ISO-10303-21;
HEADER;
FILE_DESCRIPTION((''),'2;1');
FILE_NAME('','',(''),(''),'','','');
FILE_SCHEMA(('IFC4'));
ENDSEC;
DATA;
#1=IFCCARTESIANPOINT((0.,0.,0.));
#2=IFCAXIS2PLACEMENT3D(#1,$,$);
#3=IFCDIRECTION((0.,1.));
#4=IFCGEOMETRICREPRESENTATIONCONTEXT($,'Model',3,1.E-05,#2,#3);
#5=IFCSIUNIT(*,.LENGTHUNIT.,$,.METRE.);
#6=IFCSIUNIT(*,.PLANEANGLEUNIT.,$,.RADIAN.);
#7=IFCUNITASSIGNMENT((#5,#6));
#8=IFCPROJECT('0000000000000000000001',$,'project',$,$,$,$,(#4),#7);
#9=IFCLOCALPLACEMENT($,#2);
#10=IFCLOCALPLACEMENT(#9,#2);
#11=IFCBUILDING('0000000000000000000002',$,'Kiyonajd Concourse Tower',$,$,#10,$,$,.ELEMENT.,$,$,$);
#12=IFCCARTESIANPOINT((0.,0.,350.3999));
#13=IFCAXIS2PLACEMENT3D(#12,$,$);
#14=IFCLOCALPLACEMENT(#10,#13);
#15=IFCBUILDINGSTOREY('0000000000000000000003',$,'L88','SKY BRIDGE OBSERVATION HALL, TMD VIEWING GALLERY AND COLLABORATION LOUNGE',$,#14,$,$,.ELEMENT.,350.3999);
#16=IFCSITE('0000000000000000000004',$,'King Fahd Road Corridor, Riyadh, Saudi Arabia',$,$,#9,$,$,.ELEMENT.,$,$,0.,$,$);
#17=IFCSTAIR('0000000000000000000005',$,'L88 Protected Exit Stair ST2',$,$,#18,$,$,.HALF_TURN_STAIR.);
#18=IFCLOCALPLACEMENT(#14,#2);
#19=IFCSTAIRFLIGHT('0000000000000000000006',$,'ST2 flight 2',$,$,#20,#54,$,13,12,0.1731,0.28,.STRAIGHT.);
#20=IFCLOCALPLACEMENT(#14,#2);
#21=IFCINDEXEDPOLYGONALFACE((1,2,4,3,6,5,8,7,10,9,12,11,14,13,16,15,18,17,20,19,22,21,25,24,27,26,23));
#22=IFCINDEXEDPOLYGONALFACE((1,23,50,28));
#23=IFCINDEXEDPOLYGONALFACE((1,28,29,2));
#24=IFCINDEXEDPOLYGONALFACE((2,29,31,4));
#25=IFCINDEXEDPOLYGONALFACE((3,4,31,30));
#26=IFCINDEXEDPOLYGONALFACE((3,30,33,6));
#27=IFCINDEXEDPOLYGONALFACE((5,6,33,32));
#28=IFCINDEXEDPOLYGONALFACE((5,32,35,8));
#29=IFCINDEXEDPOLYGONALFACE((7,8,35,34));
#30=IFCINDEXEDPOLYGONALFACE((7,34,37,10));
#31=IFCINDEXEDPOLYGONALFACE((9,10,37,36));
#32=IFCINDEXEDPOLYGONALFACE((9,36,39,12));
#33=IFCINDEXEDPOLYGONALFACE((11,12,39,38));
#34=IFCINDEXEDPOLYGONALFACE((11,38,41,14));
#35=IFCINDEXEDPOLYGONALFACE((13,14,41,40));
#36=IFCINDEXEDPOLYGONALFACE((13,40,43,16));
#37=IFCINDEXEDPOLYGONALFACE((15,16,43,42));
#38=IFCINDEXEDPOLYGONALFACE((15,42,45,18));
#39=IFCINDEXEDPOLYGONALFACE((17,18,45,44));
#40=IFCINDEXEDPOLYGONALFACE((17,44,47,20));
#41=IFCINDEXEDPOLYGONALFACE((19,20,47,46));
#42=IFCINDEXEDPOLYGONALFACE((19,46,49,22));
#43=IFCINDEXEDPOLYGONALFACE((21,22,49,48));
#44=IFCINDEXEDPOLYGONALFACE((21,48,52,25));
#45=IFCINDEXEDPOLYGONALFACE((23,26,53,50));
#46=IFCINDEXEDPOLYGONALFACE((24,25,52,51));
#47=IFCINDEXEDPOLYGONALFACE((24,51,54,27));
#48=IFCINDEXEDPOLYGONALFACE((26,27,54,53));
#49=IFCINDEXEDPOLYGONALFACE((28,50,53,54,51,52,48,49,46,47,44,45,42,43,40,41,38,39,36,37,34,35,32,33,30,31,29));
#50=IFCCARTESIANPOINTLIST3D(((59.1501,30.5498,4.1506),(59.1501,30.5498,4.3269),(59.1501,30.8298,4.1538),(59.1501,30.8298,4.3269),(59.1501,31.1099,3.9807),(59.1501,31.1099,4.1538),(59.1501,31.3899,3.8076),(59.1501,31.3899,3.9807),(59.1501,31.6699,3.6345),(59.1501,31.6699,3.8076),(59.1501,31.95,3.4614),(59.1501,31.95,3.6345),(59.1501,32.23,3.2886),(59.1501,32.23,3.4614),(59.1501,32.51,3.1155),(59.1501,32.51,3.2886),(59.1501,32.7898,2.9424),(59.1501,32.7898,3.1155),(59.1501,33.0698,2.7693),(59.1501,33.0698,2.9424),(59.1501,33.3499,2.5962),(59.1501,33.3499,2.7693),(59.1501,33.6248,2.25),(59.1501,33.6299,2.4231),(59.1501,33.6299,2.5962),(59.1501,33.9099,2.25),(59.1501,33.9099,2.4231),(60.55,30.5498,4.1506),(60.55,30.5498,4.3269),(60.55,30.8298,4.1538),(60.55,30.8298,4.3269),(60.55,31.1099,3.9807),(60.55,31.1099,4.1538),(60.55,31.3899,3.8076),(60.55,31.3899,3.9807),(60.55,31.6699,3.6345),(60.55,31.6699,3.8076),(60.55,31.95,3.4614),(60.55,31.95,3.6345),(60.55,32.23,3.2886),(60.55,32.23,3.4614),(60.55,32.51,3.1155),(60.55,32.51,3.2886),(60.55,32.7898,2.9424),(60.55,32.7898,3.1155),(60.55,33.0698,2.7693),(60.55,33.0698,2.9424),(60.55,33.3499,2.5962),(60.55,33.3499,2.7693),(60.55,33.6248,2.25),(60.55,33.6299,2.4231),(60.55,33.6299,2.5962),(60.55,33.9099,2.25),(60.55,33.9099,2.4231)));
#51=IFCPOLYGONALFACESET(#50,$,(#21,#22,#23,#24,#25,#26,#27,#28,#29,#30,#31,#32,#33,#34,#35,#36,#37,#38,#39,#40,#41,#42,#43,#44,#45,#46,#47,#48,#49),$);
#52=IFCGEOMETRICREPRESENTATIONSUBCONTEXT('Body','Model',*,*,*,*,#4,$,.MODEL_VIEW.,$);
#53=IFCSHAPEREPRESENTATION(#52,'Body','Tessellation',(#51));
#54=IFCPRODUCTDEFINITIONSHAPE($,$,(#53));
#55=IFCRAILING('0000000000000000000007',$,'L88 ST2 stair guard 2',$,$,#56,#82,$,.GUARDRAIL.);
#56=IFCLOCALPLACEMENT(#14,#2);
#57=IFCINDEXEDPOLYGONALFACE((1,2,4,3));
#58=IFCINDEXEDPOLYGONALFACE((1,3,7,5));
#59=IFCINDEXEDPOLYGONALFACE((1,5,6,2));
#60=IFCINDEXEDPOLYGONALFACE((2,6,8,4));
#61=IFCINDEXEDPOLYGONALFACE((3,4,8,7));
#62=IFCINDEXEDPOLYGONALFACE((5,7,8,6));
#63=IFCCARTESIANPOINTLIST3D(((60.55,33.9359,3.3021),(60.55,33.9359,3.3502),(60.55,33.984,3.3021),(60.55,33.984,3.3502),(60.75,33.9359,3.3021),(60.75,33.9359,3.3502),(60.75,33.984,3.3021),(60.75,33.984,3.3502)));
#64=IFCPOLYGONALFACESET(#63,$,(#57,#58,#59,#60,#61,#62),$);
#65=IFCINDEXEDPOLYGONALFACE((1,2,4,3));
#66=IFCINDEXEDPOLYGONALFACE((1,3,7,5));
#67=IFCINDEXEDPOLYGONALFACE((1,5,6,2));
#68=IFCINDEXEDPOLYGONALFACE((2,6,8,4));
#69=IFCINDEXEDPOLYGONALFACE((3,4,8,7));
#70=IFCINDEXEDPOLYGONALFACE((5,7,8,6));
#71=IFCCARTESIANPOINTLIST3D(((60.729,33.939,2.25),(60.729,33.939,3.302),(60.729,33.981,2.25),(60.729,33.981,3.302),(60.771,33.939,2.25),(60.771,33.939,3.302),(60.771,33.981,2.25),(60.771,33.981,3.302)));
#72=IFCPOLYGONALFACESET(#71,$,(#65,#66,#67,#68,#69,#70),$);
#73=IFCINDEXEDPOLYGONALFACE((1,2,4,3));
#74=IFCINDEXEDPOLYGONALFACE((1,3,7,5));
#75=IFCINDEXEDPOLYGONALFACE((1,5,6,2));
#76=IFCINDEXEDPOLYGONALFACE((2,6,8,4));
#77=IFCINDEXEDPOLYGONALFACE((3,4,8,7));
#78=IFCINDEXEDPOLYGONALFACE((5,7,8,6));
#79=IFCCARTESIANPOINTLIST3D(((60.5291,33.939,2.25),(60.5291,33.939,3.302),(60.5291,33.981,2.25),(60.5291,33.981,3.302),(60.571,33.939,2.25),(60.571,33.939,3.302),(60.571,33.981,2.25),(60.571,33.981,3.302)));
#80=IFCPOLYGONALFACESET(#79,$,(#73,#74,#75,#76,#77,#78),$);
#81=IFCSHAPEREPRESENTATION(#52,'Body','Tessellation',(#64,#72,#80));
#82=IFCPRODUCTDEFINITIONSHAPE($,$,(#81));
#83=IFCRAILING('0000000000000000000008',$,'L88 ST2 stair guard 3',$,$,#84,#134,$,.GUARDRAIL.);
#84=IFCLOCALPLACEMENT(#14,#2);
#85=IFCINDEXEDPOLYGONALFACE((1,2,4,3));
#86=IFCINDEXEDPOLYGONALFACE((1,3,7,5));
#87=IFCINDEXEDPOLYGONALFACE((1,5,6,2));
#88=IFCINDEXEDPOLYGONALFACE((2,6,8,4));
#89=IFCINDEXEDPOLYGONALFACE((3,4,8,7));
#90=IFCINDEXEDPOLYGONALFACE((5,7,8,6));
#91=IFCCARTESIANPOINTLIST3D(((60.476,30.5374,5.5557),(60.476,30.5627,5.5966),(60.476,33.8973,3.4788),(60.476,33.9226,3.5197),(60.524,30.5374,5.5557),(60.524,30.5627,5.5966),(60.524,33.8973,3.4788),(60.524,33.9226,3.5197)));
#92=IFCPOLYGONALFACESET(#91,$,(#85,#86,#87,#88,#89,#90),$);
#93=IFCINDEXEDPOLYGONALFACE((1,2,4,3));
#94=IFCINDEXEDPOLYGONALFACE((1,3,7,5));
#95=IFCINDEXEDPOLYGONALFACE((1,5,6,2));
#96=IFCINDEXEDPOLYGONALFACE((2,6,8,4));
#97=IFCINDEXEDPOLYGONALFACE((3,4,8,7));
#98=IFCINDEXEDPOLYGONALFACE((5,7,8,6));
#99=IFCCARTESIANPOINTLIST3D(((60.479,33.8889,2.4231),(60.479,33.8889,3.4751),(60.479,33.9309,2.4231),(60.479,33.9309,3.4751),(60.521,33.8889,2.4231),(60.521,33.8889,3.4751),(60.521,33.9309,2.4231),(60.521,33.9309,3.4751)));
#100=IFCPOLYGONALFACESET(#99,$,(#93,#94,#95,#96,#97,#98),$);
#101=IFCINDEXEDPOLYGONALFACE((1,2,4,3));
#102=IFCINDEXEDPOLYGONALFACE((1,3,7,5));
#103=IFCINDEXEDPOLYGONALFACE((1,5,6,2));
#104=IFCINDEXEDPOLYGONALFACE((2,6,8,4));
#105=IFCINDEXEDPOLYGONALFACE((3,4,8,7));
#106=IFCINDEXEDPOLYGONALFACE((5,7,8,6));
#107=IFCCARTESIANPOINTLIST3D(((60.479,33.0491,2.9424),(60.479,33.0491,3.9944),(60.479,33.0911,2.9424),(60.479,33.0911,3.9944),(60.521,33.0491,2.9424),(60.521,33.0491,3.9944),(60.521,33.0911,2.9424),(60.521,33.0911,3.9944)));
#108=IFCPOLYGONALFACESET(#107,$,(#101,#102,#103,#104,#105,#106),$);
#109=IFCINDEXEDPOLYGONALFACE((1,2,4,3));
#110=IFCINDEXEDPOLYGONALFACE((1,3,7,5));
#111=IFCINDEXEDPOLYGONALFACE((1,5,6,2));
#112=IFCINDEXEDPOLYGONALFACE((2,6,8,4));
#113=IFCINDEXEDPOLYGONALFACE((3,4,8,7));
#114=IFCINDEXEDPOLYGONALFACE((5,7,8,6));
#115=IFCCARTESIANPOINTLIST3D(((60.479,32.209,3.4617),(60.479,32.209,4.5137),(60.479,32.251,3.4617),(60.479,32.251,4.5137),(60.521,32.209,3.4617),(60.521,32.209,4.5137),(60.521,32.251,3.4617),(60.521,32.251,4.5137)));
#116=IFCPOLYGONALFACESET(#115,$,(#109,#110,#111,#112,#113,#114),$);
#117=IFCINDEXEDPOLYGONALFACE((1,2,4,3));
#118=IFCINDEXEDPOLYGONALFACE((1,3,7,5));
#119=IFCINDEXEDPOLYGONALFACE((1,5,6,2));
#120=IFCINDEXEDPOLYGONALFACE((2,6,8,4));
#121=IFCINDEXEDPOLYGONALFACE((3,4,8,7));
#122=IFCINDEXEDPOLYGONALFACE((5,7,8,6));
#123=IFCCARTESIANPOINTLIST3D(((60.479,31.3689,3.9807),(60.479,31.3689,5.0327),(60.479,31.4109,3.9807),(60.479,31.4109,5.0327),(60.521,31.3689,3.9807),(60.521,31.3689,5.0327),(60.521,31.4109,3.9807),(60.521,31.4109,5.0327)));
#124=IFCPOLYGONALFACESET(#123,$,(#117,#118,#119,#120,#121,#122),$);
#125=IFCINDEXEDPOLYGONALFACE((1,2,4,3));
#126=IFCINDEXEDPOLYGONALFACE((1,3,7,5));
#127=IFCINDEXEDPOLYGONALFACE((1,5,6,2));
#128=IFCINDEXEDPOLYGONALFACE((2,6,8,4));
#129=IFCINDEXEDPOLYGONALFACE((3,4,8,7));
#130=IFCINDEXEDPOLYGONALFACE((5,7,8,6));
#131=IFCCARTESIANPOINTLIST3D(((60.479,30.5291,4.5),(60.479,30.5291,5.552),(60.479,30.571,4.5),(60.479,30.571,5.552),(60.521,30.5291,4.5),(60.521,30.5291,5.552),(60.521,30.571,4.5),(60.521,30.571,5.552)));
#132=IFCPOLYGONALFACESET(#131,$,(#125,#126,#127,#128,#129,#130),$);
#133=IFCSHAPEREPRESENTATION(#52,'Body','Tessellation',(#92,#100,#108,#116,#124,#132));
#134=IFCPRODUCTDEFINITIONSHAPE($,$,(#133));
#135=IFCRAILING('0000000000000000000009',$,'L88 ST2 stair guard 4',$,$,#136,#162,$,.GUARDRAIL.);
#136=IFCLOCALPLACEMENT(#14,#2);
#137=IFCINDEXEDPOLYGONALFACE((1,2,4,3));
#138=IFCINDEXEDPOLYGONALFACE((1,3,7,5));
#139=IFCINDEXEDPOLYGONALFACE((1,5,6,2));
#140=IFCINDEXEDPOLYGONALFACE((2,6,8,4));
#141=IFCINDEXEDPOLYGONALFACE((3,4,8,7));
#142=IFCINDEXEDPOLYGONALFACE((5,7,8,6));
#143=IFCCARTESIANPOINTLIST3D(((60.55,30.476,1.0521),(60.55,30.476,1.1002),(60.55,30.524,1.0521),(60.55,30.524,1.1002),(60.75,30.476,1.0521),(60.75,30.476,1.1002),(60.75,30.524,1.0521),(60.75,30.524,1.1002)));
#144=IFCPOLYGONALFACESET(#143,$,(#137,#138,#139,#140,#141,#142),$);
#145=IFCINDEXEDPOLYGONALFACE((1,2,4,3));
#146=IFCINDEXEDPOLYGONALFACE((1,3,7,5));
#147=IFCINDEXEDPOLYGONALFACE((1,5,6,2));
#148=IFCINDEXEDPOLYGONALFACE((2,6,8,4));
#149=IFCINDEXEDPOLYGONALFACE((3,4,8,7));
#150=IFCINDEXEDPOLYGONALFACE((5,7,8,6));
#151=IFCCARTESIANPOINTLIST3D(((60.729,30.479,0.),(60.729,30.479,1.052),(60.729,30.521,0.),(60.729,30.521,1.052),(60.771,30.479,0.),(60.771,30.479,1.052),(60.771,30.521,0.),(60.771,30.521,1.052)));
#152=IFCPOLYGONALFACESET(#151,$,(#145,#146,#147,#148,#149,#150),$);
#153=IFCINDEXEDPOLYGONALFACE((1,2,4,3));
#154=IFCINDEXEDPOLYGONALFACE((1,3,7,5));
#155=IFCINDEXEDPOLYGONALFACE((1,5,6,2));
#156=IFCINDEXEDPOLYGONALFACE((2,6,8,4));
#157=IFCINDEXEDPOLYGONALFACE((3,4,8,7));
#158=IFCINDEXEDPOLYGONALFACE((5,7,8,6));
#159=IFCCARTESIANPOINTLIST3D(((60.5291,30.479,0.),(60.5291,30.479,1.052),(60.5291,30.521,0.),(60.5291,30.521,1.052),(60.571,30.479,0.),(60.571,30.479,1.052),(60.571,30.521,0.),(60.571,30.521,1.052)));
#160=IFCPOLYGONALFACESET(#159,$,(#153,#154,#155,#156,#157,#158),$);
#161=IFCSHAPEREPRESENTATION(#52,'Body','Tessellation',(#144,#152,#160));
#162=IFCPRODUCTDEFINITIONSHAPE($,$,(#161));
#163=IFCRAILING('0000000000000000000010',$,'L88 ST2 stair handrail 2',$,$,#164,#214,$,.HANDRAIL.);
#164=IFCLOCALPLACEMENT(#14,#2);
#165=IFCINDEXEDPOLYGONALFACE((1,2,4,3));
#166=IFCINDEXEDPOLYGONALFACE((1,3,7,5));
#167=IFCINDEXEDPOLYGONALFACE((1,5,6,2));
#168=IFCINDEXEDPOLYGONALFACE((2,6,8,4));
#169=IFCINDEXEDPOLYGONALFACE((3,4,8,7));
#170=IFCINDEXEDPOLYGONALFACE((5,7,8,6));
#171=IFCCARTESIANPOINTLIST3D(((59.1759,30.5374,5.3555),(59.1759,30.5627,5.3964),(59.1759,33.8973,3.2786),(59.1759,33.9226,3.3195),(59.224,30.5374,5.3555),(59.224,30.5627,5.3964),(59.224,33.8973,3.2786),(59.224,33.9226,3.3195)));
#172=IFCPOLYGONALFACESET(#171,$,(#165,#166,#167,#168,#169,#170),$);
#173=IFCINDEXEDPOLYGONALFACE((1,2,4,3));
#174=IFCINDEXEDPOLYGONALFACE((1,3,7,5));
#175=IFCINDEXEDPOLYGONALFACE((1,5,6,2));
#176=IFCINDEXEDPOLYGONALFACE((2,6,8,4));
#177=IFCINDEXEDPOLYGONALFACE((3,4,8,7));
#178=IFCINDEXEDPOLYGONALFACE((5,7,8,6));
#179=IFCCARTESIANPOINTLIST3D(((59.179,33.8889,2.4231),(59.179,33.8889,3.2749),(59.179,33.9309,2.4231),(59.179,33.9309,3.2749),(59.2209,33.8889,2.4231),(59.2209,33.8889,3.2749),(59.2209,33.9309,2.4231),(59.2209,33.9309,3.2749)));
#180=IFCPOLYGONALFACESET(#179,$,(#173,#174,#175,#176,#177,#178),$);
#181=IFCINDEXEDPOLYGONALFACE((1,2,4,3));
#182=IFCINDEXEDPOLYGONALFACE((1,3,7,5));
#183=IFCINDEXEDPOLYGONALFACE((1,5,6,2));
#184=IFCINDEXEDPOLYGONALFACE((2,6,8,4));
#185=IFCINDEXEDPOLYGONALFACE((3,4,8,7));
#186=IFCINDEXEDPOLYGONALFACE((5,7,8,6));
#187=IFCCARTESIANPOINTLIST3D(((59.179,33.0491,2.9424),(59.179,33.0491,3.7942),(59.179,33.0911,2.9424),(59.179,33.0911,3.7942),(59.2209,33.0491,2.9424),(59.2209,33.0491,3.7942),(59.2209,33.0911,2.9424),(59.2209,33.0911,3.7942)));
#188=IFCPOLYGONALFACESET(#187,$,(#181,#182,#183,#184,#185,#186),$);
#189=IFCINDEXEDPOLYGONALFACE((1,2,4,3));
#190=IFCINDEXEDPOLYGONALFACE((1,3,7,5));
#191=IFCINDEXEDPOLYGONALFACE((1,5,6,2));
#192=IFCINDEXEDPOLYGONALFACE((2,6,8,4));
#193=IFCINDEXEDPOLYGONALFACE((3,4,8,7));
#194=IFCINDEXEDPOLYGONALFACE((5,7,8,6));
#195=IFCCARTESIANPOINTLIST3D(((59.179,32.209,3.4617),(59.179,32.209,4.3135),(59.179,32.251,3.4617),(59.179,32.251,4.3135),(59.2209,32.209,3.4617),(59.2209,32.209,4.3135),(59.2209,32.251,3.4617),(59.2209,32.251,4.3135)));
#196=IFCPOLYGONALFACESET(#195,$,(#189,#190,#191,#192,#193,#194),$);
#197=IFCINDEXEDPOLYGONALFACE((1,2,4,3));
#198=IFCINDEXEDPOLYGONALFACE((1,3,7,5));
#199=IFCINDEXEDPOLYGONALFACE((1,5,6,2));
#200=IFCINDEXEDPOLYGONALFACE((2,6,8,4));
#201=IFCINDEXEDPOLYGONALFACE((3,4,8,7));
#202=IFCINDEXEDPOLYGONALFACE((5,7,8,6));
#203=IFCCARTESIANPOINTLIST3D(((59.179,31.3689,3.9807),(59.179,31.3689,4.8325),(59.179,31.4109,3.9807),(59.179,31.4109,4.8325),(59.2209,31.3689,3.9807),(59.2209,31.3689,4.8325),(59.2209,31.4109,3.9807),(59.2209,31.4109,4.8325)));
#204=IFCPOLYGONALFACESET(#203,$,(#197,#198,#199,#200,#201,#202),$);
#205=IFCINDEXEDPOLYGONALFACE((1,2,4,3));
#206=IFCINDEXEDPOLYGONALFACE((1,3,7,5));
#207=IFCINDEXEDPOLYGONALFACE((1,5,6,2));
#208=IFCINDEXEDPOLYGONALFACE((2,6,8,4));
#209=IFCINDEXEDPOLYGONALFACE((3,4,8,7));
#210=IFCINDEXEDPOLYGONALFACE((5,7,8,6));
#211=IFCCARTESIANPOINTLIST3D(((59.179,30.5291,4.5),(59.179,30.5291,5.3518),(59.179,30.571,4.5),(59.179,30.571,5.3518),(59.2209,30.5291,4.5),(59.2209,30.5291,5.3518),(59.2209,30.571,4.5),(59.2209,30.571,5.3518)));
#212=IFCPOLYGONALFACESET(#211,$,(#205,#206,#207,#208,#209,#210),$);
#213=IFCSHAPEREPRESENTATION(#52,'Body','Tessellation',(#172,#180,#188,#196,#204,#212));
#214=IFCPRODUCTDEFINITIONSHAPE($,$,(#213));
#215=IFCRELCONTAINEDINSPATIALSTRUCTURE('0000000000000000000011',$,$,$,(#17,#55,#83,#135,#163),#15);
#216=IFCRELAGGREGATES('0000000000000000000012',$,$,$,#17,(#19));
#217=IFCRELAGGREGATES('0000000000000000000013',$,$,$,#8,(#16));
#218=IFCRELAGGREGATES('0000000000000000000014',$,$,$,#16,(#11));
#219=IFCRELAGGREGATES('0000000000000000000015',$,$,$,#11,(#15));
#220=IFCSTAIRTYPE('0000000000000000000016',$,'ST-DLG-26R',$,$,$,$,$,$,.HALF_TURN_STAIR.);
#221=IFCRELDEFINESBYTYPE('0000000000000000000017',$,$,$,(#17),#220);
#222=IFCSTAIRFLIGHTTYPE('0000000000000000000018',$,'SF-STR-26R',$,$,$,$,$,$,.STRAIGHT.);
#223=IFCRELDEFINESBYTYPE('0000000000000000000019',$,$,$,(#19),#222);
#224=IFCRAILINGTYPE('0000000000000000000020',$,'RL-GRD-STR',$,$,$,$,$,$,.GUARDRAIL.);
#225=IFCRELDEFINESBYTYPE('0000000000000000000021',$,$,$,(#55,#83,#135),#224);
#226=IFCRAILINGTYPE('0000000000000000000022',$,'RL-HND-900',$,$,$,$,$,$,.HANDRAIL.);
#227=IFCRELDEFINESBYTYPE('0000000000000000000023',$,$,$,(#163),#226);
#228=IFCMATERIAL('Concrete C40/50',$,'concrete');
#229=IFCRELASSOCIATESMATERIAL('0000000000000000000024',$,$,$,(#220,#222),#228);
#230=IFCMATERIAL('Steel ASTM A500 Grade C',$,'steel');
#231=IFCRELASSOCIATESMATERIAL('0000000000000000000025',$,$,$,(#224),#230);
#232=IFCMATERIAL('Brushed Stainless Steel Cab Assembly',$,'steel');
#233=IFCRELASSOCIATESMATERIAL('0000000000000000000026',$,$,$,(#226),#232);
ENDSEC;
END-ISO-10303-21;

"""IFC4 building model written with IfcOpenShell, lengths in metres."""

from ifc_helpers import new_model, si_unit, direction, frame, origin, origin_2d, place, context, subcontext, project, spatial, polyline, rectangle, outline, extrude, material, type_object, element, aggregate, save


model = new_model("IFC4")

# Units and contexts
model_context = context("Model", 3, precision=1e-05, world=origin(), true_north=direction((0.0, 1.0)))
body_context = subcontext(model_context, "Body", "Model", "MODEL_VIEW")
ifc_project = project(units=[si_unit("LENGTHUNIT", "METRE"), si_unit("PLANEANGLEUNIT", "RADIAN")], contexts=[model_context])

# Site, building, storey
site_placement = place(None, origin())
site = spatial("IfcSite", under=ifc_project, at=site_placement, Name="King Fahd Road Corridor, Riyadh, Saudi Arabia", CompositionType="ELEMENT", RefElevation=0.0)
building_placement = place(site_placement, origin())
building = spatial("IfcBuilding", under=site, at=building_placement, Name="Kiyonajd Concourse Tower", CompositionType="ELEMENT")
storey_placement = place(building_placement, frame((0.0, 0.0, 350.3999)))
storey = spatial("IfcBuildingStorey", under=building, at=storey_placement, Name="L88", Description="SKY BRIDGE OBSERVATION HALL, TMD VIEWING GALLERY AND COLLABORATION LOUNGE", CompositionType="ELEMENT", Elevation=350.3999)

# Shared definitions
ifc_material_1 = material(Name="Brushed Stainless Steel Cab Assembly", Category="steel")

# Stair, stair flight
ifc_material_2 = material(Name="Concrete C40/50", Category="concrete")
stair_type = type_object("IfcStairType", Name="ST-DLG-26R", PredefinedType="HALF_TURN_STAIR", material=ifc_material_2)
stair_placement = place(storey_placement, origin())
stair = element("IfcStair", 1, at=stair_placement, inside=storey, type_object=stair_type, Name="L88 Protected Exit Stair ST2", PredefinedType="HALF_TURN_STAIR")
stair_flight_type = type_object("IfcStairFlightType", Name="SF-STR-26R", PredefinedType="STRAIGHT", material=ifc_material_2)
stair_flight_placement = place(storey_placement, frame((59.8501, 33.9099, 2.25), z_axis=(0.0, 0.0, 1.0), x_axis=(0.0, -1.0, 0.0)))
stair_flight = element("IfcStairFlight", 2, at=stair_flight_placement, type_object=stair_flight_type, Name="ST2 flight 2", NumberOfRisers=13, NumberOfTreads=12, PredefinedType="STRAIGHT", RiserHeight=0.1731, TreadLength=0.28, context=body_context, shape_type="SweptSolid", body=[
    extrude(outline(polyline([(0.0, 0.0), (0.0, 0.1731), (0.28, 0.1731), (0.28, 0.3462), (0.5601, 0.3462), (0.5601, 0.5193), (0.8401, 0.5193), (0.8401, 0.6924), (1.1201, 0.6924), (1.1201, 0.8655), (1.3999, 0.8655), (1.3999, 1.0386), (1.6799, 1.0386), (1.6799, 1.2114), (1.96, 1.2114), (1.96, 1.3845), (2.24, 1.3845), (2.24, 1.5576), (2.52, 1.5576), (2.52, 1.7307), (2.8, 1.7307), (2.8, 1.9038), (3.0801, 1.9038), (3.0801, 2.0769), (3.3601, 2.0769), (3.3601, 2.25), (3.3601, 1.9006), (0.2852, 0.0), (0.0, 0.0)])), frame((0.0, 0.7, 0.0), z_axis=(0.0, -1.0, 0.0), x_axis=(1.0, 0.0, 0.0)), (0.0, 0.0, 1.0), 1.3999),
])
aggregate(stair, [stair_flight])

# Railings
ifc_material_3 = material(Name="Steel ASTM A500 Grade C", Category="steel")
railing_type_1 = type_object("IfcRailingType", Name="RL-GRD-STR", PredefinedType="GUARDRAIL", material=ifc_material_3)
railing_1_placement = place(storey_placement, frame((60.75, 33.96, 2.25)))
element("IfcRailing", 3, at=railing_1_placement, inside=storey, type_object=railing_type_1, Name="L88 ST2 stair guard 2", PredefinedType="GUARDRAIL", context=body_context, shape_type="SweptSolid", body=[
    extrude(rectangle(XDim=0.0481, YDim=0.0481, at=origin_2d()), frame((0.0, 0.0, 1.0762), z_axis=(-1.0, 0.0, 0.0), x_axis=(0.0, -1.0, 0.0)), (0.0, 0.0, 1.0), 0.2),
    extrude(rectangle(XDim=0.042, YDim=0.042, at=origin_2d()), origin(), (0.0, 0.0, 1.0), 1.052),
    extrude(rectangle(XDim=0.042, YDim=0.042, at=origin_2d()), frame((-0.2, 0.0, 0.0)), (0.0, 0.0, 1.0), 1.052),
])
railing_2_placement = place(storey_placement, frame((60.5, 33.9099, 2.4231)))
element("IfcRailing", 4, at=railing_2_placement, inside=storey, type_object=railing_type_1, Name="L88 ST2 stair guard 3", PredefinedType="GUARDRAIL", context=body_context, shape_type="SweptSolid", body=[
    extrude(rectangle(XDim=0.0481, YDim=0.0481, at=origin_2d()), frame((0.0, 0.0, 1.0762), z_axis=(0.0, -0.850606, 0.525803), x_axis=(1.0, 0.0, 0.0)), (0.0, 0.0, 1.0), 3.95),
    extrude(rectangle(XDim=0.042, YDim=0.042, at=origin_2d()), origin(), (0.0, 0.0, 1.0), 1.052),
    extrude(rectangle(XDim=0.042, YDim=0.042, at=origin_2d()), frame((0.0, -0.8398, 0.5193)), (0.0, 0.0, 1.0), 1.052),
    extrude(rectangle(XDim=0.042, YDim=0.042, at=origin_2d()), frame((0.0, -1.6799, 1.0386)), (0.0, 0.0, 1.0), 1.052),
    extrude(rectangle(XDim=0.042, YDim=0.042, at=origin_2d()), frame((0.0, -2.52, 1.5576)), (0.0, 0.0, 1.0), 1.052),
    extrude(rectangle(XDim=0.042, YDim=0.042, at=origin_2d()), frame((0.0, -3.3599, 2.0769)), (0.0, 0.0, 1.0), 1.052),
])
railing_3_placement = place(storey_placement, frame((60.75, 30.5, 0.0)))
element("IfcRailing", 5, at=railing_3_placement, inside=storey, type_object=railing_type_1, Name="L88 ST2 stair guard 4", PredefinedType="GUARDRAIL", context=body_context, shape_type="SweptSolid", body=[
    extrude(rectangle(XDim=0.0481, YDim=0.0481, at=origin_2d()), frame((0.0, 0.0, 1.0762), z_axis=(-1.0, 0.0, 0.0), x_axis=(0.0, -1.0, 0.0)), (0.0, 0.0, 1.0), 0.2),
    extrude(rectangle(XDim=0.042, YDim=0.042, at=origin_2d()), origin(), (0.0, 0.0, 1.0), 1.052),
    extrude(rectangle(XDim=0.042, YDim=0.042, at=origin_2d()), frame((-0.2, 0.0, 0.0)), (0.0, 0.0, 1.0), 1.052),
])
railing_type_2 = type_object("IfcRailingType", Name="RL-HND-900", PredefinedType="HANDRAIL", material=ifc_material_1)
railing_4_placement = place(storey_placement, frame((59.2, 33.9099, 2.4231)))
element("IfcRailing", 6, at=railing_4_placement, inside=storey, type_object=railing_type_2, Name="L88 ST2 stair handrail 2", PredefinedType="HANDRAIL", context=body_context, shape_type="SweptSolid", body=[
    extrude(rectangle(XDim=0.0481, YDim=0.0481, at=origin_2d()), frame((0.0, 0.0, 0.876), z_axis=(0.0, -0.850606, 0.525803), x_axis=(1.0, 0.0, 0.0)), (0.0, 0.0, 1.0), 3.95),
    extrude(rectangle(XDim=0.042, YDim=0.042, at=origin_2d()), origin(), (0.0, 0.0, 1.0), 0.8518),
    extrude(rectangle(XDim=0.042, YDim=0.042, at=origin_2d()), frame((0.0, -0.8398, 0.5193)), (0.0, 0.0, 1.0), 0.8518),
    extrude(rectangle(XDim=0.042, YDim=0.042, at=origin_2d()), frame((0.0, -1.6799, 1.0386)), (0.0, 0.0, 1.0), 0.8518),
    extrude(rectangle(XDim=0.042, YDim=0.042, at=origin_2d()), frame((0.0, -2.52, 1.5576)), (0.0, 0.0, 1.0), 0.8518),
    extrude(rectangle(XDim=0.042, YDim=0.042, at=origin_2d()), frame((0.0, -3.3599, 2.0769)), (0.0, 0.0, 1.0), 0.8518),
])

save(model, "model.ifc")
